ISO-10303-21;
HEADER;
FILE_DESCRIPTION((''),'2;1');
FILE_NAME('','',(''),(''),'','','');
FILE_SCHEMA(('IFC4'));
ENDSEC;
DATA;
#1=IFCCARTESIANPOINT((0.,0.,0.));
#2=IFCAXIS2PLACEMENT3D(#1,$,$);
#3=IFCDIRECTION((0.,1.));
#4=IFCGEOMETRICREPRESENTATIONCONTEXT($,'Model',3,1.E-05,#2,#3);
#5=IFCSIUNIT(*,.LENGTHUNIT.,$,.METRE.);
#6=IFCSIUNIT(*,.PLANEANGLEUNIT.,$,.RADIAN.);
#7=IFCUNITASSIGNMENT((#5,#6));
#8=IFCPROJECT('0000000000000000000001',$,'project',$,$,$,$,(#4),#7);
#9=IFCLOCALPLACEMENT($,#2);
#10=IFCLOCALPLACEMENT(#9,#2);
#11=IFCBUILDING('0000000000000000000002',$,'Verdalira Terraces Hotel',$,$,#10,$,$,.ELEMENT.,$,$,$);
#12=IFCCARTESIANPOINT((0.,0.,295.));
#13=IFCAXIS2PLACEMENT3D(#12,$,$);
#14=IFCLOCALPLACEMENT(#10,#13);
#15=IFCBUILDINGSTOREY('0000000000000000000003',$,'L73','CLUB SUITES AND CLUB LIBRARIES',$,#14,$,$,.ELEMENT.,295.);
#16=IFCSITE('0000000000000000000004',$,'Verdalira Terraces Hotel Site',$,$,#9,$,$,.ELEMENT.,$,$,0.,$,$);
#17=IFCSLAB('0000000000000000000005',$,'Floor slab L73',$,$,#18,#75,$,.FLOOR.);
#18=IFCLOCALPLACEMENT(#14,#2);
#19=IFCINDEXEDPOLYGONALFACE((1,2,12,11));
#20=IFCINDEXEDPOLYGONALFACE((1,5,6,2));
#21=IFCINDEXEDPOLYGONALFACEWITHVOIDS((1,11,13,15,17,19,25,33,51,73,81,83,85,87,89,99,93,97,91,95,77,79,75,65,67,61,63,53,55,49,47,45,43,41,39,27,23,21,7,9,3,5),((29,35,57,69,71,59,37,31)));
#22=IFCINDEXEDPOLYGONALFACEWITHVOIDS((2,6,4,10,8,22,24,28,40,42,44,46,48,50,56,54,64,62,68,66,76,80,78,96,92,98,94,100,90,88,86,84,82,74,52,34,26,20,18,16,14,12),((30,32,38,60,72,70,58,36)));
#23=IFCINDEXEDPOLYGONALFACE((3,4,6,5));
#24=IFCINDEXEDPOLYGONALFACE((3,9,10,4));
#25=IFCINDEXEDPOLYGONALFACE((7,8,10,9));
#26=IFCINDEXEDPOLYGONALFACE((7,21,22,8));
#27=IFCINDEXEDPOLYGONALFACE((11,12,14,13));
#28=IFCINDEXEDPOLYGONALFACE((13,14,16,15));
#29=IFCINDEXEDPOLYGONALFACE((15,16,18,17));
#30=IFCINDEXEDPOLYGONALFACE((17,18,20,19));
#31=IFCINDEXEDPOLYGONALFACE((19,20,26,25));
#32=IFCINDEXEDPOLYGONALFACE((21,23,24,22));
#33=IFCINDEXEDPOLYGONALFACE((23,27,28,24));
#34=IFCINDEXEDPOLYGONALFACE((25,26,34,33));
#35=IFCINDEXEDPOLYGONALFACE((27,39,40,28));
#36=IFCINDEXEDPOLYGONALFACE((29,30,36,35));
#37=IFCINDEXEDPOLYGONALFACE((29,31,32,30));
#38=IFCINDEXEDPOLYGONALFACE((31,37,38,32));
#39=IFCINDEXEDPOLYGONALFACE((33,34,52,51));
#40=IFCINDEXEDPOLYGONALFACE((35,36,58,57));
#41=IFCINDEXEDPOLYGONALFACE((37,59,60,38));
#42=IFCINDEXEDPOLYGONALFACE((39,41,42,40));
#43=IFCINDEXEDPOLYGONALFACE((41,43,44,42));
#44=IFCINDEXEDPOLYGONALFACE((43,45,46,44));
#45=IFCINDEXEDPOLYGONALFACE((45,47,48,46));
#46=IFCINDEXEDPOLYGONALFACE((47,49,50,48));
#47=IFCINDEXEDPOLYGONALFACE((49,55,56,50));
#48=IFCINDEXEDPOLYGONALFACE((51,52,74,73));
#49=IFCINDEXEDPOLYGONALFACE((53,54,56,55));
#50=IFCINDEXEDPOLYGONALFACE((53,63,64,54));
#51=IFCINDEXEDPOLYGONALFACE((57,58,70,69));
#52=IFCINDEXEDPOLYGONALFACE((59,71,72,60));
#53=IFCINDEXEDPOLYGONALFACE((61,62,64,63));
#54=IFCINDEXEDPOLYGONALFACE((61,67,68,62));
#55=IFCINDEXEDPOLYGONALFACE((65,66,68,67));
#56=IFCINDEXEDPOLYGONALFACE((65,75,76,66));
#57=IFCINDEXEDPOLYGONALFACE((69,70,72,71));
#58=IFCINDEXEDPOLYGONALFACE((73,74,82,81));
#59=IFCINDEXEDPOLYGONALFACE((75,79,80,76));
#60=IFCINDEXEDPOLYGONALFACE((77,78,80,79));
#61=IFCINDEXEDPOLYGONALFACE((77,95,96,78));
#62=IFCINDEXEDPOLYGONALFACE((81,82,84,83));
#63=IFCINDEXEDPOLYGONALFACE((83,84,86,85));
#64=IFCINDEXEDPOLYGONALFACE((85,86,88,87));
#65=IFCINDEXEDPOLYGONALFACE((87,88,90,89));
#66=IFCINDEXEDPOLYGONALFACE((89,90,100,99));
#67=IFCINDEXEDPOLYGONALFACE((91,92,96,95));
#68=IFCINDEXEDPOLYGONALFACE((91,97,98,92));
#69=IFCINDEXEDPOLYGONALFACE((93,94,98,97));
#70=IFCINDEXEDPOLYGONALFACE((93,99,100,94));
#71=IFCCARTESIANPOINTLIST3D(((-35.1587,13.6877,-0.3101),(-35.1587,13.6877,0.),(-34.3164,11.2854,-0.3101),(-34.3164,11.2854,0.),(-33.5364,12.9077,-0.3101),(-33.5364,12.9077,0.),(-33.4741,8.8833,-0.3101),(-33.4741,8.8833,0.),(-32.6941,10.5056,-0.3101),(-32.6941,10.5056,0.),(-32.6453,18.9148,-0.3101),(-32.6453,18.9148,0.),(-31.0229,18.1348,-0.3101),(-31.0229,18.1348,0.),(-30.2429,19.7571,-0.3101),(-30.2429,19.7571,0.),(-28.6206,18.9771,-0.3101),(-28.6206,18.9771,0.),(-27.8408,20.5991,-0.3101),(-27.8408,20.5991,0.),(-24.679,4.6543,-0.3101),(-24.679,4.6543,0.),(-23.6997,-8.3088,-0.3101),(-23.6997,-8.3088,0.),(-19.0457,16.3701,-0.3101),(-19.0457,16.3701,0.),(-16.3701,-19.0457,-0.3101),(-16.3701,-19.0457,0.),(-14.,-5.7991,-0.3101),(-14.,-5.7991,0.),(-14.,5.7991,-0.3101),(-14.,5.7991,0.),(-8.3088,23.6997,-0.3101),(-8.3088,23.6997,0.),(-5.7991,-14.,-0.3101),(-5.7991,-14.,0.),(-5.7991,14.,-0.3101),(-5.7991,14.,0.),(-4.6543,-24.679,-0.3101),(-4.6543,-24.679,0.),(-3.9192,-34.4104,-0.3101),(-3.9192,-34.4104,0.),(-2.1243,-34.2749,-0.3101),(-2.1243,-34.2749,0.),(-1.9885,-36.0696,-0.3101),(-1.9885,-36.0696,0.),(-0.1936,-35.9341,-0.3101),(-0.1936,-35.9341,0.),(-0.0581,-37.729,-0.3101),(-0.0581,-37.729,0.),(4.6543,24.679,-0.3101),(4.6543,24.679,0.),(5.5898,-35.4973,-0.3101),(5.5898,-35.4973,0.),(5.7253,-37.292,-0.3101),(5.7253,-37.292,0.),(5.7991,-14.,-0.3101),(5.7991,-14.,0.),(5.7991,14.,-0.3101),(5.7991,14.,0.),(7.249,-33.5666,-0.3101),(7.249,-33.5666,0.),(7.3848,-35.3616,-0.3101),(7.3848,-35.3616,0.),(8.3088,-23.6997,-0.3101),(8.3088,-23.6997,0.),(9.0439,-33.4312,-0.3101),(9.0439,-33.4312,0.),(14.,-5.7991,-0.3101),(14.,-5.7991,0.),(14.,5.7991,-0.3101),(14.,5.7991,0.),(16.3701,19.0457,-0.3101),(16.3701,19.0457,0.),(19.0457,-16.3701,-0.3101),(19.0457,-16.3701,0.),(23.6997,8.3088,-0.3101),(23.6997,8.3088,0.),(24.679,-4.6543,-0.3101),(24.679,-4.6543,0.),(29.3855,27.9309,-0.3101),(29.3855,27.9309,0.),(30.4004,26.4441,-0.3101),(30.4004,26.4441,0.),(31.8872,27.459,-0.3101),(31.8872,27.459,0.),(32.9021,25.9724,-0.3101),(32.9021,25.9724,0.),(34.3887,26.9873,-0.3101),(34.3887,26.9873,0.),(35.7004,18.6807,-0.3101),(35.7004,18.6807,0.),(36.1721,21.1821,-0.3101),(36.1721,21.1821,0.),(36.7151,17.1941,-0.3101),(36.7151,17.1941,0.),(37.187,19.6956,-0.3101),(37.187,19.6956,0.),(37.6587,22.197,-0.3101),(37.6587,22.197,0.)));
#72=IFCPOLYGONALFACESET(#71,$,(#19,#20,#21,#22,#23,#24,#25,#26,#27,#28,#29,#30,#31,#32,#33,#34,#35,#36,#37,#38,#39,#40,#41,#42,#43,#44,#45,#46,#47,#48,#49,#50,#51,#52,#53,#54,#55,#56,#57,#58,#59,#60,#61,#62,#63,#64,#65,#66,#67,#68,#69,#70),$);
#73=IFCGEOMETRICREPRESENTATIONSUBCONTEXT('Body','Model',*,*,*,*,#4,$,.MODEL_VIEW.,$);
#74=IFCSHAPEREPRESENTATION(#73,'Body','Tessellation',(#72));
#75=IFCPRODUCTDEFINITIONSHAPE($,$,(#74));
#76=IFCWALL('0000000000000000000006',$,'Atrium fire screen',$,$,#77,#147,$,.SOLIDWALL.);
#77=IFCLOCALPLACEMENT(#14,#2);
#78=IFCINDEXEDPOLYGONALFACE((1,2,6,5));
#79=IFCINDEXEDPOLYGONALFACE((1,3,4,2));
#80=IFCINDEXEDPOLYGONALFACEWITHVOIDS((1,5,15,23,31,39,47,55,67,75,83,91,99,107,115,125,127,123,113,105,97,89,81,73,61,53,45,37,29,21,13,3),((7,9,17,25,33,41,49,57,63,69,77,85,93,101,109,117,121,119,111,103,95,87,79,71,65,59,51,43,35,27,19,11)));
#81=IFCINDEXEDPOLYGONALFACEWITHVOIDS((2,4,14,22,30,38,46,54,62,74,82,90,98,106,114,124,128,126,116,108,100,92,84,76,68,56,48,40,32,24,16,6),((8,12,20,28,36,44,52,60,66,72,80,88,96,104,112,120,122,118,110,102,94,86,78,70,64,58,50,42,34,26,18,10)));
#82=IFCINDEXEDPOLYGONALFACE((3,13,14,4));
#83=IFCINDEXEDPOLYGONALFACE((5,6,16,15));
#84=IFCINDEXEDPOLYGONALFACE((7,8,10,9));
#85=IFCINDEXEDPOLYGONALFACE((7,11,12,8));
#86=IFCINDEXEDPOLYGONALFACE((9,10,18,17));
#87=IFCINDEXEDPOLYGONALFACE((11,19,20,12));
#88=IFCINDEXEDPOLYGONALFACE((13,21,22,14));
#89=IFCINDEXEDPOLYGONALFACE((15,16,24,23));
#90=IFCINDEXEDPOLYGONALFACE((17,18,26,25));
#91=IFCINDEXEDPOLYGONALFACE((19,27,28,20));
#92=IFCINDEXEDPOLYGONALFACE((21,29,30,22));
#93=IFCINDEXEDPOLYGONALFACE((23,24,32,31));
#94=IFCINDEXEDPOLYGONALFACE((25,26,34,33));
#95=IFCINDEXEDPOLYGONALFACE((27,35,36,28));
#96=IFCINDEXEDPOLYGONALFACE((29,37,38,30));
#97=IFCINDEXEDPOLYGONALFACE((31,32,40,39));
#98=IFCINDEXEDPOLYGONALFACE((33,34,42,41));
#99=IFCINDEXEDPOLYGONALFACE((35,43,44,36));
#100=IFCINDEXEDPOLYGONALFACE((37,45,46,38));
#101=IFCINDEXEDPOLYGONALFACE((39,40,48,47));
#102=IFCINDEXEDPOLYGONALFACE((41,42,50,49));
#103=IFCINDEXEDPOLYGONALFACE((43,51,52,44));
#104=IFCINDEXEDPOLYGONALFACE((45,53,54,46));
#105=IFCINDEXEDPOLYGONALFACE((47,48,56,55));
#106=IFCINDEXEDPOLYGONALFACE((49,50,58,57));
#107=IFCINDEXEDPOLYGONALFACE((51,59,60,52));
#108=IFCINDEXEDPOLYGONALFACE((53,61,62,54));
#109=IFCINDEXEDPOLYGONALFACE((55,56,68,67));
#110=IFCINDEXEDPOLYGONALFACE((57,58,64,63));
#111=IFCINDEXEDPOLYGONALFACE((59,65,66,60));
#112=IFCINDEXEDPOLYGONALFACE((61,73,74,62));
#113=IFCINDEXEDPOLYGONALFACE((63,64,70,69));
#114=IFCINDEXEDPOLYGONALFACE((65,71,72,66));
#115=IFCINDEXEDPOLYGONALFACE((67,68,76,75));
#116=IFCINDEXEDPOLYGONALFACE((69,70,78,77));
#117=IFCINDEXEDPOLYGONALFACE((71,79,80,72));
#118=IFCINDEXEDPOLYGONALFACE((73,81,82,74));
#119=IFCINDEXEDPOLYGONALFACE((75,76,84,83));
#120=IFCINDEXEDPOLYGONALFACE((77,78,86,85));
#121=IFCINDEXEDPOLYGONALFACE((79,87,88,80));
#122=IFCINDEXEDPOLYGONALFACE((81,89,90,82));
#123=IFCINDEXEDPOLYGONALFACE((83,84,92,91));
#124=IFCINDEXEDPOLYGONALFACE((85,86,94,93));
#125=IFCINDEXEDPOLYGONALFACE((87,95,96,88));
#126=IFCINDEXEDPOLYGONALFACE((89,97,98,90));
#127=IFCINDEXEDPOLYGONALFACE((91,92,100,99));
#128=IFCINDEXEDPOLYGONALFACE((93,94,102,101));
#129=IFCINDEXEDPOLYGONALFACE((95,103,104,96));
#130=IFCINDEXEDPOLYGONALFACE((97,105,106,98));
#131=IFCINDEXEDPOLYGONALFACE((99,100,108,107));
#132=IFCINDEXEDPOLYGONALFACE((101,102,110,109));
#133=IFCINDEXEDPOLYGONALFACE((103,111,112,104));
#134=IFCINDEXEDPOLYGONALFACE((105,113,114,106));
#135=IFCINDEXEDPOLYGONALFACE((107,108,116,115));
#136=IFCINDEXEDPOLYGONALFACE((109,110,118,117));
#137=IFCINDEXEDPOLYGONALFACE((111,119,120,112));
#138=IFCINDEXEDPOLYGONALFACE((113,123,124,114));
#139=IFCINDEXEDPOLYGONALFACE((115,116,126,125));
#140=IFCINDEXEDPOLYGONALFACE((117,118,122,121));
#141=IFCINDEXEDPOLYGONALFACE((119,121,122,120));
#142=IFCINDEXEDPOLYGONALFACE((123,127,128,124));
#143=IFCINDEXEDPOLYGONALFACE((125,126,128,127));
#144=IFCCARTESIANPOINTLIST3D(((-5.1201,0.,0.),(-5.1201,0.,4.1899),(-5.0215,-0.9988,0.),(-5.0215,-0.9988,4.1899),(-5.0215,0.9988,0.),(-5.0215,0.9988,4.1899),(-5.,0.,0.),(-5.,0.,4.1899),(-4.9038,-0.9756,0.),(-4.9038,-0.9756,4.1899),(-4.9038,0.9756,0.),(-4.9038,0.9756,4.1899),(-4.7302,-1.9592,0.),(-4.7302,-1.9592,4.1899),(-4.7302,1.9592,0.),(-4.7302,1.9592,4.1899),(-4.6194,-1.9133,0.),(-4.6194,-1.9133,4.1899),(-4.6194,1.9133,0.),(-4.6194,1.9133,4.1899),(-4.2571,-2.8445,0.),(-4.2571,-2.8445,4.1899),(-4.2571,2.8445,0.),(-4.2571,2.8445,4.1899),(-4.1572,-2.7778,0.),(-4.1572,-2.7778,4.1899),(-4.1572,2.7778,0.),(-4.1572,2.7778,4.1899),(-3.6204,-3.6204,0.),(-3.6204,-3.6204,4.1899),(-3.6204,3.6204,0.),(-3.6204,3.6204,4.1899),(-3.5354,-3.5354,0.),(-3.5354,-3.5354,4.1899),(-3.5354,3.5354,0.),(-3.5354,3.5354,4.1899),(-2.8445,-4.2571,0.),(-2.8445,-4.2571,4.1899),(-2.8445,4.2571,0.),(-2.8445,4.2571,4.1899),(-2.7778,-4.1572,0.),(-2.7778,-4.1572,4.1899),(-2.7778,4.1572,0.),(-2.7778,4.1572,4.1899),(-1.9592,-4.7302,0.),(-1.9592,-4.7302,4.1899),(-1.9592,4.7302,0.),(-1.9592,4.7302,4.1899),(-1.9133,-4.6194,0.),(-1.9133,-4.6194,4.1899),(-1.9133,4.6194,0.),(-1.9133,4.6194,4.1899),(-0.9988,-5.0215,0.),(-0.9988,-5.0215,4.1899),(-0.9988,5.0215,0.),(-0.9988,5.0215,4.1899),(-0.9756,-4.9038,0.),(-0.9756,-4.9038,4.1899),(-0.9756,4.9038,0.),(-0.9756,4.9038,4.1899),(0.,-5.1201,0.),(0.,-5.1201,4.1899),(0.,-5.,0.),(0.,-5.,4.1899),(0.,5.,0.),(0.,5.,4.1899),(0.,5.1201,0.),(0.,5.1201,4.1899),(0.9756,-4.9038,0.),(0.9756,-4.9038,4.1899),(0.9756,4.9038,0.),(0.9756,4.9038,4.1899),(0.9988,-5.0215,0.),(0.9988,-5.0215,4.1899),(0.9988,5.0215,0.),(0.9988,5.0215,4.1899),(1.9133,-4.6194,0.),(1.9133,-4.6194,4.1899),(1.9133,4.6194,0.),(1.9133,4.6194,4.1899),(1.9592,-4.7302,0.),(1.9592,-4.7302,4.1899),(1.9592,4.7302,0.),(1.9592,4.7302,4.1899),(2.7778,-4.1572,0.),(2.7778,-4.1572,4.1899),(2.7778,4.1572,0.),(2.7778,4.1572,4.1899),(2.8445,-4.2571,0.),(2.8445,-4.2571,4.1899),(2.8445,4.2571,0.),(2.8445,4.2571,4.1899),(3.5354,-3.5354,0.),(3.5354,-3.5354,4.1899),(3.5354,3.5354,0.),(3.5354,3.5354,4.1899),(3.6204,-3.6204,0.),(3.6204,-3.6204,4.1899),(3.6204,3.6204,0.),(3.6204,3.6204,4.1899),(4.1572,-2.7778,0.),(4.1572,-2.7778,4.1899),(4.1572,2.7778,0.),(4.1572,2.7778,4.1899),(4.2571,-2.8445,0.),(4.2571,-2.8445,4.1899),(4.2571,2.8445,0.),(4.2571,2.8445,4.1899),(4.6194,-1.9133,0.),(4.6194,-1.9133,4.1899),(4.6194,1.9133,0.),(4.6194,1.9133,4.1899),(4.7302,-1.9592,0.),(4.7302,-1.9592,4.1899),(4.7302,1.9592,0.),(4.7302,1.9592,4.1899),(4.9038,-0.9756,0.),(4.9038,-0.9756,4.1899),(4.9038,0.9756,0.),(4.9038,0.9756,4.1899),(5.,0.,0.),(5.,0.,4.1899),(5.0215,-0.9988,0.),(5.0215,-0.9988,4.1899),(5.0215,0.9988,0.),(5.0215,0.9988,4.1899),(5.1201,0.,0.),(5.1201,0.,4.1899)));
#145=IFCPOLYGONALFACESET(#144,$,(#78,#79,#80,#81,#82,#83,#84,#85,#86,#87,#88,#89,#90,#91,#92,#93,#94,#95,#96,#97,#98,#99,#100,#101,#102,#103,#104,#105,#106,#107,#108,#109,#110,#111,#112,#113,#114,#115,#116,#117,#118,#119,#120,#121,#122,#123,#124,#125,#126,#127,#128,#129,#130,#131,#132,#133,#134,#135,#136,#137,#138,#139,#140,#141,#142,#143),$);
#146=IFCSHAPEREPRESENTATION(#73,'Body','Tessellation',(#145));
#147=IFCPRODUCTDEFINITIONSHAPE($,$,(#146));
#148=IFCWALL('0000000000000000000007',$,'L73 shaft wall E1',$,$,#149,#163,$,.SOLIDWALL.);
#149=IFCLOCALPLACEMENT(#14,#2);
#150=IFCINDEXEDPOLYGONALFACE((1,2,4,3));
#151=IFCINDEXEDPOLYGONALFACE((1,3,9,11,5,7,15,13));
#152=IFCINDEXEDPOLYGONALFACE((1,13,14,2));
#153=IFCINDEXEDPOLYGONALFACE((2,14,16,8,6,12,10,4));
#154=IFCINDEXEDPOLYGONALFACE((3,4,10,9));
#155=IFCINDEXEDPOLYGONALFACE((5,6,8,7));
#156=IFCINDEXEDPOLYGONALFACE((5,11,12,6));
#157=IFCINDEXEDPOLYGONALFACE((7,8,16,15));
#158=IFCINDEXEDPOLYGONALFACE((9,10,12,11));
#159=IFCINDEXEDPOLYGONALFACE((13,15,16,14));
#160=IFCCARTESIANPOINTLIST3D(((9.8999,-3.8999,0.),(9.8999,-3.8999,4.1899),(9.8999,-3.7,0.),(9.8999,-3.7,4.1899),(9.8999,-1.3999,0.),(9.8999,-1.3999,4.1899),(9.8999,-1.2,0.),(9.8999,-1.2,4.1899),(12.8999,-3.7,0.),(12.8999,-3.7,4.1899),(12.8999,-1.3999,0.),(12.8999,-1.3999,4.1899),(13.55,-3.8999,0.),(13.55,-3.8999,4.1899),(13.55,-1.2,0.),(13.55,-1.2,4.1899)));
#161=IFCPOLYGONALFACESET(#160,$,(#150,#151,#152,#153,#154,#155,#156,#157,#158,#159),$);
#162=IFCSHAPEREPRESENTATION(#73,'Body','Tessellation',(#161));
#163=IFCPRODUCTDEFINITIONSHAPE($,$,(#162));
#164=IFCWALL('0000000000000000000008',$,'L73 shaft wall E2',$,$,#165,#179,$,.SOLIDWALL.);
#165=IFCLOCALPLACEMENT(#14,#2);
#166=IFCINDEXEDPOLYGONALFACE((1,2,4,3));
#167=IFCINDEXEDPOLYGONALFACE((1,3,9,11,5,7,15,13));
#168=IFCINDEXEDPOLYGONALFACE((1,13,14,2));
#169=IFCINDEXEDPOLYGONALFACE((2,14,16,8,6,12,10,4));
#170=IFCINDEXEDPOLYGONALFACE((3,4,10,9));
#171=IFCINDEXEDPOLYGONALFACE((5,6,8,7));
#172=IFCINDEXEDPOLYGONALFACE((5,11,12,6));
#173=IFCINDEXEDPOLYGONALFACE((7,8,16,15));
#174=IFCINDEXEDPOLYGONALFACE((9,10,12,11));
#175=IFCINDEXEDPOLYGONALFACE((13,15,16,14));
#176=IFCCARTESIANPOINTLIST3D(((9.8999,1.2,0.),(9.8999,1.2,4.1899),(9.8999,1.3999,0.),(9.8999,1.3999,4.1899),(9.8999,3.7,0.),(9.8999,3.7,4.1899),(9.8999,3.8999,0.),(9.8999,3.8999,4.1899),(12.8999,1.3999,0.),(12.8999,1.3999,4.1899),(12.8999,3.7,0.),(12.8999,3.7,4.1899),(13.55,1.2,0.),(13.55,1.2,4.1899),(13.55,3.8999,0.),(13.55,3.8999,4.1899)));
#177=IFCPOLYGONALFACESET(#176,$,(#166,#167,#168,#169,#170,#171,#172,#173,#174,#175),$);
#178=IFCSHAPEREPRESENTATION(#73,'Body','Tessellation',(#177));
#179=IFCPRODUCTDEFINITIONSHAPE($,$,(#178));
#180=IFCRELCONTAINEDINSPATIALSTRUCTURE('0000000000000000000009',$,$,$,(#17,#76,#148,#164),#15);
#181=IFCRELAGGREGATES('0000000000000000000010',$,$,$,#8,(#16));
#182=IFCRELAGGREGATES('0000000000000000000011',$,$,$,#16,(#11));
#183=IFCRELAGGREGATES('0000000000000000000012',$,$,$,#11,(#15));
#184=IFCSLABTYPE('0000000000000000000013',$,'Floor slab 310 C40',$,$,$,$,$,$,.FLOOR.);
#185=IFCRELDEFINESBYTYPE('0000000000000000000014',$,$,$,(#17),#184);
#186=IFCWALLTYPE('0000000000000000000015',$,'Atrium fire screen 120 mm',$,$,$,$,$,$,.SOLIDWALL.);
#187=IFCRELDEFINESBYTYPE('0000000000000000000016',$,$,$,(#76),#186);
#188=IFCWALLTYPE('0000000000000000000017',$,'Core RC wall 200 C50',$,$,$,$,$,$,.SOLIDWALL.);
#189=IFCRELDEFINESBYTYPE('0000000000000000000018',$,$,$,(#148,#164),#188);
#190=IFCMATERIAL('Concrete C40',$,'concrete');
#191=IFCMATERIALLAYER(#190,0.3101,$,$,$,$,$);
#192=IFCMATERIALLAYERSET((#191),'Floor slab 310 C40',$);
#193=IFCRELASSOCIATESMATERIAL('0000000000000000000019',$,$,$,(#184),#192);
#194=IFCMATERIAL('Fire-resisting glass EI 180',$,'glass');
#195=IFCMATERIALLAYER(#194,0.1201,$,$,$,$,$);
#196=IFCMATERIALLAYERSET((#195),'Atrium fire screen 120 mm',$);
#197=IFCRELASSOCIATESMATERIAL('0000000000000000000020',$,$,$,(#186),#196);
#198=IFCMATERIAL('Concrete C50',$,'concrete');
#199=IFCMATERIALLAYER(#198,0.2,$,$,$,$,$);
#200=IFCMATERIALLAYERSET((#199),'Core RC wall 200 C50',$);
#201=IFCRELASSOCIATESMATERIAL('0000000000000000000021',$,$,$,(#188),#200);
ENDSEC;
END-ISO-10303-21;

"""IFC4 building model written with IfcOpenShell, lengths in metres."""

from ifc_helpers import new_model, si_unit, direction, frame, origin, place, context, subcontext, project, spatial, polyline, outline, extrude, material, layer, layer_set, type_object, element, save


model = new_model("IFC4")

# Units and contexts
model_context = context("Model", 3, precision=1e-05, world=origin(), true_north=direction((0.0, 1.0)))
body_context = subcontext(model_context, "Body", "Model", "MODEL_VIEW")
ifc_project = project(units=[si_unit("LENGTHUNIT", "METRE"), si_unit("PLANEANGLEUNIT", "RADIAN")], contexts=[model_context])

# Site, building, storey
site_placement = place(None, origin())
site = spatial("IfcSite", under=ifc_project, at=site_placement, Name="Verdalira Terraces Hotel Site", CompositionType="ELEMENT", RefElevation=0.0)
building_placement = place(site_placement, origin())
building = spatial("IfcBuilding", under=site, at=building_placement, Name="Verdalira Terraces Hotel", CompositionType="ELEMENT")
storey_placement = place(building_placement, frame((0.0, 0.0, 295.0)))
storey = spatial("IfcBuildingStorey", under=building, at=storey_placement, Name="L73", Description="CLUB SUITES AND CLUB LIBRARIES", CompositionType="ELEMENT", Elevation=295.0)

# Slab
ifc_material_1 = material(Name="Concrete C40", Category="concrete")
ifc_layer_1 = layer(ifc_material_1, 0.3101)
ifc_layer_set_1 = layer_set([ifc_layer_1], Name="Floor slab 310 C40")
slab_type_1 = type_object("IfcSlabType", Name="Floor slab 310 C40", PredefinedType="FLOOR", material=ifc_layer_set_1)
slab_1_placement = place(storey_placement, frame((0.0, 0.0, -0.3101)))
element("IfcSlab", 1, at=slab_1_placement, inside=storey, type_object=slab_type_1, Name="Floor slab L73", PredefinedType="FLOOR", context=body_context, shape_type="SweptSolid", body=[
    extrude(outline(polyline([(-8.3088, 23.6997), (-19.0457, 16.3701), (-27.8408, 20.5991), (-28.6206, 18.9771), (-30.2429, 19.7571), (-31.0229, 18.1348), (-32.6453, 18.9148), (-35.1587, 13.6877), (-33.5364, 12.9077), (-34.3164, 11.2854), (-32.6941, 10.5056), (-33.4741, 8.8833), (-24.679, 4.6543), (-23.6997, -8.3088), (-16.3701, -19.0457), (-4.6543, -24.679), (-3.9192, -34.4104), (-2.1243, -34.2749), (-1.9885, -36.0696), (-0.1936, -35.9341), (-0.0581, -37.729), (5.7253, -37.292), (5.5898, -35.4973), (7.3848, -35.3616), (7.249, -33.5667), (9.0439, -33.4312), (8.3088, -23.6997), (19.0457, -16.3701), (24.679, -4.6543), (23.6997, 8.3088), (36.7151, 17.1941), (35.7004, 18.6807), (37.187, 19.6956), (36.1721, 21.1821), (37.6587, 22.197), (34.3887, 26.9873), (32.9021, 25.9724), (31.8872, 27.459), (30.4004, 26.4441), (29.3855, 27.9309), (16.3701, 19.0457), (4.6543, 24.679), (-8.3088, 23.6997)]), holes=[polyline([(5.7991, 14.0), (14.0, 5.7991), (14.0, -5.7991), (5.7991, -14.0), (-5.7991, -14.0), (-14.0, -5.7991), (-14.0, 5.7991), (-5.7991, 14.0), (5.7991, 14.0)])]), origin(), (0.0, 0.0, 1.0), 0.3101),
])

# Walls
ifc_material_2 = material(Name="Fire-resisting glass EI 180", Category="glass")
ifc_layer_2 = layer(ifc_material_2, 0.1201)
ifc_layer_set_2 = layer_set([ifc_layer_2], Name="Atrium fire screen 120 mm")
wall_type_1 = type_object("IfcWallType", Name="Atrium fire screen 120 mm", PredefinedType="SOLIDWALL", material=ifc_layer_set_2)
wall_1_placement = place(storey_placement, origin())
element("IfcWall", 2, at=wall_1_placement, inside=storey, type_object=wall_type_1, Name="Atrium fire screen", PredefinedType="SOLIDWALL", context=body_context, shape_type="SweptSolid", body=[
    extrude(outline(polyline([(5.0215, -0.9988), (4.7302, -1.9592), (4.2571, -2.8445), (3.6204, -3.6204), (2.8445, -4.2571), (1.9592, -4.7302), (0.9988, -5.0215), (0.0, -5.1201), (-0.9988, -5.0215), (-1.9592, -4.7302), (-2.8445, -4.2571), (-3.6204, -3.6204), (-4.2571, -2.8445), (-4.7302, -1.9592), (-5.0215, -0.9988), (-5.1201, 0.0), (-5.0215, 0.9988), (-4.7302, 1.9592), (-4.2571, 2.8445), (-3.6204, 3.6204), (-2.8445, 4.2571), (-1.9592, 4.7302), (-0.9988, 5.0215), (0.0, 5.1201), (0.9988, 5.0215), (1.9592, 4.7302), (2.8445, 4.2571), (3.6204, 3.6204), (4.2571, 2.8445), (4.7302, 1.9592), (5.0215, 0.9988), (5.1201, 0.0), (5.0215, -0.9988)]), holes=[polyline([(4.9038, 0.9756), (4.6194, 1.9133), (4.1572, 2.7778), (3.5354, 3.5354), (2.7778, 4.1572), (1.9133, 4.6194), (0.9756, 4.9038), (0.0, 5.0), (-0.9756, 4.9038), (-1.9133, 4.6194), (-2.7778, 4.1572), (-3.5354, 3.5354), (-4.1572, 2.7778), (-4.6194, 1.9133), (-4.9038, 0.9756), (-5.0, 0.0), (-4.9038, -0.9756), (-4.6194, -1.9133), (-4.1572, -2.7778), (-3.5354, -3.5354), (-2.7778, -4.1572), (-1.9133, -4.6194), (-0.9756, -4.9038), (0.0, -5.0), (0.9756, -4.9038), (1.9133, -4.6194), (2.7778, -4.1572), (3.5354, -3.5354), (4.1572, -2.7778), (4.6194, -1.9133), (4.9038, -0.9756), (5.0, 0.0), (4.9038, 0.9756)])]), origin(), (0.0, 0.0, 1.0), 4.1899),
])
ifc_material_3 = material(Name="Concrete C50", Category="concrete")
ifc_layer_3 = layer(ifc_material_3, 0.2)
ifc_layer_set_3 = layer_set([ifc_layer_3], Name="Core RC wall 200 C50")
wall_type_2 = type_object("IfcWallType", Name="Core RC wall 200 C50", PredefinedType="SOLIDWALL", material=ifc_layer_set_3)
wall_2_placement = place(storey_placement, origin())
element("IfcWall", 3, at=wall_2_placement, inside=storey, type_object=wall_type_2, Name="L73 shaft wall E1", PredefinedType="SOLIDWALL", context=body_context, shape_type="SweptSolid", body=[
    extrude(outline(polyline([(13.55, -3.8999), (9.8999, -3.8999), (9.8999, -3.7), (12.8999, -3.7), (12.8999, -1.3999), (9.8999, -1.3999), (9.8999, -1.2), (13.55, -1.2), (13.55, -3.8999)])), origin(), (0.0, 0.0, 1.0), 4.1899),
])
wall_3_placement = place(storey_placement, origin())
element("IfcWall", 4, at=wall_3_placement, inside=storey, type_object=wall_type_2, Name="L73 shaft wall E2", PredefinedType="SOLIDWALL", context=body_context, shape_type="SweptSolid", body=[
    extrude(outline(polyline([(13.55, 3.8999), (13.55, 1.2), (9.8999, 1.2), (9.8999, 1.3999), (12.8999, 1.3999), (12.8999, 3.7), (9.8999, 3.7), (9.8999, 3.8999), (13.55, 3.8999)])), origin(), (0.0, 0.0, 1.0), 4.1899),
])

save(model, "model.ifc")
